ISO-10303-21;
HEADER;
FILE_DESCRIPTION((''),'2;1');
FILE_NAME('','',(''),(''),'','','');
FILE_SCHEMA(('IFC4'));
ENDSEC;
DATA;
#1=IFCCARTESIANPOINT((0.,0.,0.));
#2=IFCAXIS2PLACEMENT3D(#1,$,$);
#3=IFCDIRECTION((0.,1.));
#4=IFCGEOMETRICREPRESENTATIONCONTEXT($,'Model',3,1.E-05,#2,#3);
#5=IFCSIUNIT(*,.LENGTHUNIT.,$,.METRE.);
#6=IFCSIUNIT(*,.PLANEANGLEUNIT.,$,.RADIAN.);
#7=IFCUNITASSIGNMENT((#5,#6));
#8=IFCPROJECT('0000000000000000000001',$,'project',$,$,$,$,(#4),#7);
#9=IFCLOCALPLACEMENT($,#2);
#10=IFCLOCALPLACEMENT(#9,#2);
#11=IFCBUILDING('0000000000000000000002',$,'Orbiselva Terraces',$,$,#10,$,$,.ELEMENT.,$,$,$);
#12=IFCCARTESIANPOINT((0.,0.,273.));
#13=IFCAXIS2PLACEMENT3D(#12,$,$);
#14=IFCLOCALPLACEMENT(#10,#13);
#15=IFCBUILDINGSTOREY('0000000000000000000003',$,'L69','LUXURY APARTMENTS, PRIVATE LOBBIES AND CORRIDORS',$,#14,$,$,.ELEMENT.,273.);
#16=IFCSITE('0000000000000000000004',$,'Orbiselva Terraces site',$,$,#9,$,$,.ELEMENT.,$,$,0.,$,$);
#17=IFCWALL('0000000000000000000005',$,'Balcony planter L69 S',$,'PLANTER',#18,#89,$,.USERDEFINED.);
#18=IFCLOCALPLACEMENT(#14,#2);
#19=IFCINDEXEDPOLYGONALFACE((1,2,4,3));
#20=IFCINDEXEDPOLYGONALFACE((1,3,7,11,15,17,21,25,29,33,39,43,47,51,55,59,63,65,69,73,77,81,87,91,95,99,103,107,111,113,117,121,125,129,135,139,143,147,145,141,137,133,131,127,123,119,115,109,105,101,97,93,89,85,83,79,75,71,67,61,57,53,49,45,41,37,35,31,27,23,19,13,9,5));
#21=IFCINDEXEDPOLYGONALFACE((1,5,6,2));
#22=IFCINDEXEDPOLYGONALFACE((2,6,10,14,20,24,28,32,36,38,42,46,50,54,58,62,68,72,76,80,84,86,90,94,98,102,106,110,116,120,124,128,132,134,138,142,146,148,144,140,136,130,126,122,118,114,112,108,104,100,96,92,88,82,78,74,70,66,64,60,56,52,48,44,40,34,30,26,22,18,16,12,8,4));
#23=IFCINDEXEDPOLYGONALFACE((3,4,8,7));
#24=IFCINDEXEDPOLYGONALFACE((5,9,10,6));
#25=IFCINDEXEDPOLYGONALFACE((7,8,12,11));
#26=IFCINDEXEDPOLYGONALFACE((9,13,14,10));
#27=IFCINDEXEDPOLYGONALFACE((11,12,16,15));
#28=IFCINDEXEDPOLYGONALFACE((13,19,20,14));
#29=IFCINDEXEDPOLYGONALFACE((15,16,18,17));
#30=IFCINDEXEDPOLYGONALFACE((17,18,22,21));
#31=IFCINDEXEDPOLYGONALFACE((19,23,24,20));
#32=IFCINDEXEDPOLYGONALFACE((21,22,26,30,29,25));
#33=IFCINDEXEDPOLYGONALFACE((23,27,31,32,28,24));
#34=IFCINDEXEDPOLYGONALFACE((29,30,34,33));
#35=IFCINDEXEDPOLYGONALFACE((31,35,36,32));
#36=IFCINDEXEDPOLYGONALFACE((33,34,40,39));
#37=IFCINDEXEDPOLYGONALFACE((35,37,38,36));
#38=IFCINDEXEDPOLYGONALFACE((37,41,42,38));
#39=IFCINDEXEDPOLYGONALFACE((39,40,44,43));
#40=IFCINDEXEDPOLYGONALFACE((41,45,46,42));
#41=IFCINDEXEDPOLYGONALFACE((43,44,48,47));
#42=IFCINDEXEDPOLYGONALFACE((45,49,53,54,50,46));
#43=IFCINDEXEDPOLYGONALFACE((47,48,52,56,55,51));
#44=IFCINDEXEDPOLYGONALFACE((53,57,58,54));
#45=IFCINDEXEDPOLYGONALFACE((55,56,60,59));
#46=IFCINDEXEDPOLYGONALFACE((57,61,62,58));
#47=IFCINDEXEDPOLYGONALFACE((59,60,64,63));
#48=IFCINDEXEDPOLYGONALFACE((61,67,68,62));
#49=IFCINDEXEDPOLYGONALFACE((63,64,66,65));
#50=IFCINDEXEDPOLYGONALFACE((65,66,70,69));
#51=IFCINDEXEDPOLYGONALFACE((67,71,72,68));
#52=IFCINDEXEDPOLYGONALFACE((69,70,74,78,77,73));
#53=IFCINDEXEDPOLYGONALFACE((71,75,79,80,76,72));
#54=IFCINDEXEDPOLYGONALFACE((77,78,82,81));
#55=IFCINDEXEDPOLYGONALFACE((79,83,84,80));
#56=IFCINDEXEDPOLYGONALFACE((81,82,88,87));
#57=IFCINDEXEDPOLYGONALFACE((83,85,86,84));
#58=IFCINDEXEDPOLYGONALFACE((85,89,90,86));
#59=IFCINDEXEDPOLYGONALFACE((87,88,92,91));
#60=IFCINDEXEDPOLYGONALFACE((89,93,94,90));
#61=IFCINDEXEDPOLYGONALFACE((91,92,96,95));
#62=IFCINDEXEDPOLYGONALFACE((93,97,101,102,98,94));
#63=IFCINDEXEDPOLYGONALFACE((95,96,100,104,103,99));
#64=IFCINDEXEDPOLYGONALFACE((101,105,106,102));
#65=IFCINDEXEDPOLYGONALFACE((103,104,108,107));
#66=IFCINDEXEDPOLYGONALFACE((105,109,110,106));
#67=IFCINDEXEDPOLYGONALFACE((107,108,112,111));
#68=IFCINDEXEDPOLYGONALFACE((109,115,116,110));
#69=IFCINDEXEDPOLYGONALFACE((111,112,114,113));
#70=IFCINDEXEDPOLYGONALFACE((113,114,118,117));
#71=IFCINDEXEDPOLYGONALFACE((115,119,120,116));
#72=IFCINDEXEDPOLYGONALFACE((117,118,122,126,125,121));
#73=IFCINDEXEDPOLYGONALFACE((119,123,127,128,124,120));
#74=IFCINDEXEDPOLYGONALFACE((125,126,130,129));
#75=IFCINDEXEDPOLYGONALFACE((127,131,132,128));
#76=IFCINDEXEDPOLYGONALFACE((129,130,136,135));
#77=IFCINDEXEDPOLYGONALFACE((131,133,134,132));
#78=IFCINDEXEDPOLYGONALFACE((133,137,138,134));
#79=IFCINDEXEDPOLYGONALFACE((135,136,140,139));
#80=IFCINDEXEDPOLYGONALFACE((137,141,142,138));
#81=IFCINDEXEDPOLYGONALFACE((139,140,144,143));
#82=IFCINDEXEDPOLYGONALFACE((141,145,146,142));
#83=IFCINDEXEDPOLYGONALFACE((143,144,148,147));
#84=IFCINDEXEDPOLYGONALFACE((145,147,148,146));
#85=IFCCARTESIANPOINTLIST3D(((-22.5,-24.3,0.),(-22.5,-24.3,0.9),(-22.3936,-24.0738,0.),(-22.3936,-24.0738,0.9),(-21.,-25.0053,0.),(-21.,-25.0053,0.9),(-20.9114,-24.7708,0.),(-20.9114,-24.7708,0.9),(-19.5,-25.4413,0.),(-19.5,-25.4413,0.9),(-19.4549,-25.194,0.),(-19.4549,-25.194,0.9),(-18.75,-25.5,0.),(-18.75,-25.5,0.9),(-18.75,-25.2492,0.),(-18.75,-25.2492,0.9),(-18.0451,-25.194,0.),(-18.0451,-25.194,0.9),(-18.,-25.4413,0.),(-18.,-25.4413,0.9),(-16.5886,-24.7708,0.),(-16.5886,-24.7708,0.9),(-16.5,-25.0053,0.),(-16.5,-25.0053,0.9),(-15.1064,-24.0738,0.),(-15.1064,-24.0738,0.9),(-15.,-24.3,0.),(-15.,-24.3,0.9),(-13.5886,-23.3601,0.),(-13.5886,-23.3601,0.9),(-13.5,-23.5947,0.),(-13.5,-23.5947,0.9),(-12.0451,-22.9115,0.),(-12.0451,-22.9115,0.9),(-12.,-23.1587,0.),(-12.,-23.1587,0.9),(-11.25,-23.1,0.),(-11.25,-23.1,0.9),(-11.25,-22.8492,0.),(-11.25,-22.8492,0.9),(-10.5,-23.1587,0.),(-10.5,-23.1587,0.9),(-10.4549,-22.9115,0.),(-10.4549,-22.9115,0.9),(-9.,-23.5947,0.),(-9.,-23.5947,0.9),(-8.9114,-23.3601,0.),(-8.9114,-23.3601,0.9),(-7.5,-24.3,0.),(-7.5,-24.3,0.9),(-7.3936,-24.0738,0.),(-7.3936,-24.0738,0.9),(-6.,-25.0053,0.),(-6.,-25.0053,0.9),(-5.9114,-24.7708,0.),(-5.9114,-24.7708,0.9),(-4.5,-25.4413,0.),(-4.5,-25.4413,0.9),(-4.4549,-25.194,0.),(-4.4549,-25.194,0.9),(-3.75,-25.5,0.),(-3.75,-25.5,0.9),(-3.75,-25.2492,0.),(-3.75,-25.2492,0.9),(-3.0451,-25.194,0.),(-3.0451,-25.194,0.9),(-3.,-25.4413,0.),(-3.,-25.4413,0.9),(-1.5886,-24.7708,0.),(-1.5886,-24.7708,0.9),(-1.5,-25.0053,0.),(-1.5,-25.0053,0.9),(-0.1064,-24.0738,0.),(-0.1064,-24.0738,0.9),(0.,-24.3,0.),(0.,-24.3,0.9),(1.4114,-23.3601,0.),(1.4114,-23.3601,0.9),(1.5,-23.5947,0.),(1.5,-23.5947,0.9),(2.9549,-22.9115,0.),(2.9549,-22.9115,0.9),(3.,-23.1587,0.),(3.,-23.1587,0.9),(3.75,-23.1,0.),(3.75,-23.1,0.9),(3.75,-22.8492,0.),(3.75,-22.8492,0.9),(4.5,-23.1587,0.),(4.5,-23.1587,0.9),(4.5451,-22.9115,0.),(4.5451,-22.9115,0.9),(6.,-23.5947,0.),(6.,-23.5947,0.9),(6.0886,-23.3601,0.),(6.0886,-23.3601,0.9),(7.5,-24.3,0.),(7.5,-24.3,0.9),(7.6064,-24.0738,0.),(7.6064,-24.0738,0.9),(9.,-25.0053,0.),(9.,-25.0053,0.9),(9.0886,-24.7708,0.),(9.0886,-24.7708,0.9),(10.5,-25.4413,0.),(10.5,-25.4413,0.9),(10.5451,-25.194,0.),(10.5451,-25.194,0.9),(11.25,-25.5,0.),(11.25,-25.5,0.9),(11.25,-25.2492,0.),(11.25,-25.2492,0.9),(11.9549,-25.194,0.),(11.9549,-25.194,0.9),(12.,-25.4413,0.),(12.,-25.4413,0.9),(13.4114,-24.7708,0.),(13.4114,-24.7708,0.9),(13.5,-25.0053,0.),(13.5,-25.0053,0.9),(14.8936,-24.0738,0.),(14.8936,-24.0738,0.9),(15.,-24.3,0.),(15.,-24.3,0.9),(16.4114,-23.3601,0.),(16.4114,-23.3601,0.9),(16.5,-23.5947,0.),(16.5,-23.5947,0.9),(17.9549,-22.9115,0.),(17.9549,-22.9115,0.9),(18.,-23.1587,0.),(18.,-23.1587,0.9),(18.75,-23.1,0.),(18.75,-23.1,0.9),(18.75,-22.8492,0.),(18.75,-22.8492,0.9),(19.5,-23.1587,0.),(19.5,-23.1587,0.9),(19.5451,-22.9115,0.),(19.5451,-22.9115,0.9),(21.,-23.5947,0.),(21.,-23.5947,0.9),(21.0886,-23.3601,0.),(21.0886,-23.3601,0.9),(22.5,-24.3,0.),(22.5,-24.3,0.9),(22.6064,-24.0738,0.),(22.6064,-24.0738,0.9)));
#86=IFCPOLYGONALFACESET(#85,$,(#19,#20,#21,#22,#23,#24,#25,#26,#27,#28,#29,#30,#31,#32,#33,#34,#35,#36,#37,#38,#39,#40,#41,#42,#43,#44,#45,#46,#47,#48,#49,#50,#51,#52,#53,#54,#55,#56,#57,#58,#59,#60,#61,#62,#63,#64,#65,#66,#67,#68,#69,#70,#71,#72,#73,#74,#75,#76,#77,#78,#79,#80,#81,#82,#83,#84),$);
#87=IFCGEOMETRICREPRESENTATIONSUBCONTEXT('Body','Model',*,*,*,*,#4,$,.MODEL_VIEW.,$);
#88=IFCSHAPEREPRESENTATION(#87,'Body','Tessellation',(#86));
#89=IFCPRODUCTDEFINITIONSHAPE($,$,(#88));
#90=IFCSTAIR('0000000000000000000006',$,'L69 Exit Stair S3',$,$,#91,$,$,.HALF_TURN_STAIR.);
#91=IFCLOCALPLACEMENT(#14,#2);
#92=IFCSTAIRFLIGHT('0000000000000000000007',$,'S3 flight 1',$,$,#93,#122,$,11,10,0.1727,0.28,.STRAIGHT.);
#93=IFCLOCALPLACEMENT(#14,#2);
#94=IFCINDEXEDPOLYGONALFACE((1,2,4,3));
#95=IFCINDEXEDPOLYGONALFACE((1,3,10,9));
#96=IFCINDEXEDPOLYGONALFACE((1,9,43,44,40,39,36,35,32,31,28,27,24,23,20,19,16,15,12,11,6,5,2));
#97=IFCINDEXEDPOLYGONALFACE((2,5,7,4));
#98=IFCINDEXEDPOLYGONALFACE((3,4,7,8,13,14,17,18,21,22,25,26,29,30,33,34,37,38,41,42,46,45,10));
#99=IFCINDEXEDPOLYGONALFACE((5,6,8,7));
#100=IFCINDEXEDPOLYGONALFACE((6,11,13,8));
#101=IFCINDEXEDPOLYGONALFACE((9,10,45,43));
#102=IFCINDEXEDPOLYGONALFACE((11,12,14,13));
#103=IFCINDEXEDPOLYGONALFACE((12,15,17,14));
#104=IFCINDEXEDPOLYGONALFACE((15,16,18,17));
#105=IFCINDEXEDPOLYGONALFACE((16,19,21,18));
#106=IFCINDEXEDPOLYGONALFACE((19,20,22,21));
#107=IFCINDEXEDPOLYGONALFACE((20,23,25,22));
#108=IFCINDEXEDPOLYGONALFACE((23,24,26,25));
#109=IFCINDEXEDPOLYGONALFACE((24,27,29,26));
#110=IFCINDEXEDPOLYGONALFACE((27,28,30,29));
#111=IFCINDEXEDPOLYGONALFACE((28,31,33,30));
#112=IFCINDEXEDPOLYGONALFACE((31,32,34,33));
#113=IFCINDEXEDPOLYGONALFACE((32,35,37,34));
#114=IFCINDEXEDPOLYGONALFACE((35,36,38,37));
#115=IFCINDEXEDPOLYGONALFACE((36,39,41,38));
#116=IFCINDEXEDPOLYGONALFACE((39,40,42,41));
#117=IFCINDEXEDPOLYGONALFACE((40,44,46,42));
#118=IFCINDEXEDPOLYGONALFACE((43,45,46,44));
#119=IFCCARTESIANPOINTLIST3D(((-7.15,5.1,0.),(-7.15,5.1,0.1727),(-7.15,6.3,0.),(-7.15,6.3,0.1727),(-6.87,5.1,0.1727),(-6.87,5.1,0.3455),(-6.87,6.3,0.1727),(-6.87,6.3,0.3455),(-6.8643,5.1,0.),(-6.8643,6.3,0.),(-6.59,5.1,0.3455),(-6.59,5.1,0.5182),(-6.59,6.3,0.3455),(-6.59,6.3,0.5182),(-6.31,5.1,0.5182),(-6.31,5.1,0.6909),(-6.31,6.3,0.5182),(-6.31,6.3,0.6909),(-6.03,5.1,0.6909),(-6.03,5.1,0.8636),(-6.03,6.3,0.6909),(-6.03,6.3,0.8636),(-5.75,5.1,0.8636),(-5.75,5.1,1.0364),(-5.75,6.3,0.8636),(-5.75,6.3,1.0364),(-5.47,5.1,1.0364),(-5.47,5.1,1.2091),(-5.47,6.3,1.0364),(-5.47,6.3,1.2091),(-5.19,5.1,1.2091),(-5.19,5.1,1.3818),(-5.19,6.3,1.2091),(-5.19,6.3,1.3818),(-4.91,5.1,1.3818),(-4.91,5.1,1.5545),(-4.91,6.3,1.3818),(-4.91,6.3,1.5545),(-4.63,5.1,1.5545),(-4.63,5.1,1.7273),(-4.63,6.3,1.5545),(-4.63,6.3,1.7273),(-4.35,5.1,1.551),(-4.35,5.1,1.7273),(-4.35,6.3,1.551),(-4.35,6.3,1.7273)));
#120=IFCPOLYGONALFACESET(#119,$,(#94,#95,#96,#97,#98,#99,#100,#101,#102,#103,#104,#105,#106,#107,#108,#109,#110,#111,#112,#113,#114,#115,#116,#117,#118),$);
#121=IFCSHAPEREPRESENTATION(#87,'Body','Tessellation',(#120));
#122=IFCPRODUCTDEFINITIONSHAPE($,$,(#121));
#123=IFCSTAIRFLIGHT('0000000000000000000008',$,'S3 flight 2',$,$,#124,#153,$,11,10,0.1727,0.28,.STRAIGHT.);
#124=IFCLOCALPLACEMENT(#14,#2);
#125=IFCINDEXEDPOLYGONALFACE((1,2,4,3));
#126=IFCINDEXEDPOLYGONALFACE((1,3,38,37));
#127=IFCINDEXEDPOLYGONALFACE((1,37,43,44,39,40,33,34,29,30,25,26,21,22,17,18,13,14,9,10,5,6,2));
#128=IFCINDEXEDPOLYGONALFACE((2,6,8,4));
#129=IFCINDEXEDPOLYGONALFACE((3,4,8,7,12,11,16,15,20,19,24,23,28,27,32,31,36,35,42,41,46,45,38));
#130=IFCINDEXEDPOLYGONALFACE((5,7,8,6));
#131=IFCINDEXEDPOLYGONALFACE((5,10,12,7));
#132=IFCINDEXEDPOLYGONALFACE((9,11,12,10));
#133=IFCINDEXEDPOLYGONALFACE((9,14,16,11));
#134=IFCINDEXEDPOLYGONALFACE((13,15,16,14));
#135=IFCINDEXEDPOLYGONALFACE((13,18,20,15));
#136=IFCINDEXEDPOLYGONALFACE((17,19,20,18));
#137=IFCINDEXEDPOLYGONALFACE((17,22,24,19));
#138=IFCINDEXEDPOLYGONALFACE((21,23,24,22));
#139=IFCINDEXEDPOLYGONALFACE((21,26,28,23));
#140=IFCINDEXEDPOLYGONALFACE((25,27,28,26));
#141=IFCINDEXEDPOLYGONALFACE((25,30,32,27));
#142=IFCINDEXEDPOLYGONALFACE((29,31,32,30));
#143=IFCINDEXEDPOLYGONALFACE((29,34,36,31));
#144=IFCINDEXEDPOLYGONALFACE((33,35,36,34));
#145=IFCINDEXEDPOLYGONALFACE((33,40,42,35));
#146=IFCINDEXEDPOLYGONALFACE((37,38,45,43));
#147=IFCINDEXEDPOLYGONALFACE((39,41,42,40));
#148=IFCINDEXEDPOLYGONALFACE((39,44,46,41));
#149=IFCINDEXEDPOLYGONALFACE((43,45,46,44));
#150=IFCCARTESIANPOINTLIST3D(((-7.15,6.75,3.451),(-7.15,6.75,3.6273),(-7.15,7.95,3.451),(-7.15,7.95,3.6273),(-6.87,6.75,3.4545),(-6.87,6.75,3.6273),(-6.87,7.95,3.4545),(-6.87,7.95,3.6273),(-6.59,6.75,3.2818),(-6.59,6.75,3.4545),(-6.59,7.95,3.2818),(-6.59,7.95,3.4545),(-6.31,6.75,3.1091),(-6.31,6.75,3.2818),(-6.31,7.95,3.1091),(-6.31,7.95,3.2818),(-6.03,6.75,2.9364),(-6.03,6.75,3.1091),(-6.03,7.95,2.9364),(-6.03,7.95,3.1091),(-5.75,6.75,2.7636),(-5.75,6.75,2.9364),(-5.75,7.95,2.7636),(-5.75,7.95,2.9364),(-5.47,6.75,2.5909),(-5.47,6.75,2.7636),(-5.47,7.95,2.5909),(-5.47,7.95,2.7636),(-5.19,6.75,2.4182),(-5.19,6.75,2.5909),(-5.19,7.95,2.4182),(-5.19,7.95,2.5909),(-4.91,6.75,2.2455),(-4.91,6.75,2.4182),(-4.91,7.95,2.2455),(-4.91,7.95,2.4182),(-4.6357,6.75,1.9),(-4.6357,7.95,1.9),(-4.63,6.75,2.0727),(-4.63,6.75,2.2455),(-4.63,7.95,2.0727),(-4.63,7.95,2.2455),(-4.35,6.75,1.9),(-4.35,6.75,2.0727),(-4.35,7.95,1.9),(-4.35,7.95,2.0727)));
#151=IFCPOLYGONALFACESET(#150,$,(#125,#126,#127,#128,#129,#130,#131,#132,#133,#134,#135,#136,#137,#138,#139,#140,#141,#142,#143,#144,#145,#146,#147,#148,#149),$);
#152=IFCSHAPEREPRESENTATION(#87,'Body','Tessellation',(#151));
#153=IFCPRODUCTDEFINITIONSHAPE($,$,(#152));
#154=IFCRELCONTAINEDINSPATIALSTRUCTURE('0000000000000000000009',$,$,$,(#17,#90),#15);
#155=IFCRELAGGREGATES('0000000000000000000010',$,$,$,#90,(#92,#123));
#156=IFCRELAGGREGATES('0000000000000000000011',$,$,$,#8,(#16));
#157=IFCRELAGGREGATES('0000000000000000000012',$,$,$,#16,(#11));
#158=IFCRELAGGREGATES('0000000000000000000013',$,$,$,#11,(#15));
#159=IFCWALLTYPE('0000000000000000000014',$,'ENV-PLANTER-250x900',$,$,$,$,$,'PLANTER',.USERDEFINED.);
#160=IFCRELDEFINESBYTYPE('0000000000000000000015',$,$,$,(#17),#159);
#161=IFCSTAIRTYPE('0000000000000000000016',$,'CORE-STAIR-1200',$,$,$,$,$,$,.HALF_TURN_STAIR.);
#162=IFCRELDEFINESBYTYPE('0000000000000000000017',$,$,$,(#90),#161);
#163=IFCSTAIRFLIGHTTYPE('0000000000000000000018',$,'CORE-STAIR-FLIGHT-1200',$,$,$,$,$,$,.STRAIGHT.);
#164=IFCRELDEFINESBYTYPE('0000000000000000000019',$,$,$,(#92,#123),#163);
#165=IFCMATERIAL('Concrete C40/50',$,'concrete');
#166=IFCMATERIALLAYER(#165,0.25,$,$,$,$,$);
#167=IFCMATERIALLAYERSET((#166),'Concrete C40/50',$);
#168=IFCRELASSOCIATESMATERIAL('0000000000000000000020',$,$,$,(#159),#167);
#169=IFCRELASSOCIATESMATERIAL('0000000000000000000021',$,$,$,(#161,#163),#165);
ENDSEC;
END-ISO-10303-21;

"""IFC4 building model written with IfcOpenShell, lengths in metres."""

from ifc_helpers import new_model, si_unit, direction, frame, origin, place, context, subcontext, project, spatial, polyline, outline, extrude, material, layer, layer_set, type_object, element, aggregate, save


model = new_model("IFC4")

# Units and contexts
model_context = context("Model", 3, precision=1e-05, world=origin(), true_north=direction((0.0, 1.0)))
body_context = subcontext(model_context, "Body", "Model", "MODEL_VIEW")
ifc_project = project(units=[si_unit("LENGTHUNIT", "METRE"), si_unit("PLANEANGLEUNIT", "RADIAN")], contexts=[model_context])

# Site, building, storey
site_placement = place(None, origin())
site = spatial("IfcSite", under=ifc_project, at=site_placement, Name="Orbiselva Terraces site", CompositionType="ELEMENT", RefElevation=0.0)
building_placement = place(site_placement, origin())
building = spatial("IfcBuilding", under=site, at=building_placement, Name="Orbiselva Terraces", CompositionType="ELEMENT")
storey_placement = place(building_placement, frame((0.0, 0.0, 273.0)))
storey = spatial("IfcBuildingStorey", under=building, at=storey_placement, Name="L69", Description="LUXURY APARTMENTS, PRIVATE LOBBIES AND CORRIDORS", CompositionType="ELEMENT", Elevation=273.0)

# Wall
ifc_material_1 = material(Name="Concrete C40/50", Category="concrete")
ifc_layer_1 = layer(ifc_material_1, 0.25)
ifc_layer_set_1 = layer_set([ifc_layer_1], Name="Concrete C40/50")
wall_type_1 = type_object("IfcWallType", Name="ENV-PLANTER-250x900", ElementType="PLANTER", PredefinedType="USERDEFINED", material=ifc_layer_set_1)
wall_1_placement = place(storey_placement, origin())
element("IfcWall", 1, at=wall_1_placement, inside=storey, type_object=wall_type_1, Name="Balcony planter L69 S", ObjectType="PLANTER", PredefinedType="USERDEFINED", context=body_context, shape_type="SweptSolid", body=[
    extrude(outline(polyline([(-22.5, -24.3), (-21.0, -25.0053), (-19.5, -25.4413), (-18.75, -25.5), (-18.0, -25.4413), (-16.5, -25.0053), (-15.0, -24.3), (-13.5, -23.5947), (-12.0, -23.1587), (-11.25, -23.1), (-10.5, -23.1587), (-9.0, -23.5947), (-7.5, -24.3), (-6.0, -25.0053), (-4.5, -25.4413), (-3.75, -25.5), (-3.0, -25.4413), (-1.5, -25.0053), (0.0, -24.3), (1.5, -23.5947), (3.0, -23.1587), (3.75, -23.1), (4.5, -23.1587), (6.0, -23.5947), (7.5, -24.3), (9.0, -25.0053), (10.5, -25.4413), (11.25, -25.5), (12.0, -25.4413), (13.5, -25.0053), (15.0, -24.3), (16.5, -23.5947), (18.0, -23.1587), (18.75, -23.1), (19.5, -23.1587), (21.0, -23.5947), (22.5, -24.3), (22.6064, -24.0738), (21.0886, -23.3601), (19.5451, -22.9115), (18.75, -22.8492), (17.9549, -22.9115), (16.4114, -23.3601), (14.8936, -24.0738), (13.4114, -24.7708), (11.9549, -25.194), (11.25, -25.2492), (10.5451, -25.194), (9.0886, -24.7708), (7.6064, -24.0738), (6.0886, -23.3601), (4.5451, -22.9115), (3.75, -22.8492), (2.9549, -22.9115), (1.4114, -23.3601), (-0.1064, -24.0738), (-1.5886, -24.7708), (-3.0451, -25.194), (-3.75, -25.2492), (-4.4549, -25.194), (-5.9114, -24.7708), (-7.3936, -24.0738), (-8.9114, -23.3601), (-10.4549, -22.9115), (-11.25, -22.8492), (-12.0451, -22.9115), (-13.5886, -23.3601), (-15.1064, -24.0738), (-16.5886, -24.7708), (-18.0451, -25.194), (-18.75, -25.2492), (-19.4549, -25.194), (-20.9114, -24.7708), (-22.3936, -24.0738), (-22.5, -24.3)])), origin(), (0.0, 0.0, 1.0), 0.9),
])

# Stair, stair flights
stair_type = type_object("IfcStairType", Name="CORE-STAIR-1200", PredefinedType="HALF_TURN_STAIR", material=ifc_material_1)
stair_placement = place(storey_placement, origin())
stair = element("IfcStair", 2, at=stair_placement, inside=storey, type_object=stair_type, Name="L69 Exit Stair S3", PredefinedType="HALF_TURN_STAIR")
stair_flight_type = type_object("IfcStairFlightType", Name="CORE-STAIR-FLIGHT-1200", PredefinedType="STRAIGHT", material=ifc_material_1)
stair_flight_1_placement = place(storey_placement, frame((-7.15, 5.7, 0.0), z_axis=(0.0, 0.0, 1.0), x_axis=(1.0, 0.0, 0.0)))
stair_flight_1 = element("IfcStairFlight", 3, at=stair_flight_1_placement, type_object=stair_flight_type, Name="S3 flight 1", NumberOfRisers=11, NumberOfTreads=10, PredefinedType="STRAIGHT", RiserHeight=0.1727, TreadLength=0.28, context=body_context, shape_type="SweptSolid", body=[
    extrude(outline(polyline([(0.0, 0.0), (0.0, 0.1727), (0.28, 0.1727), (0.28, 0.3455), (0.56, 0.3455), (0.56, 0.5182), (0.84, 0.5182), (0.84, 0.6909), (1.12, 0.6909), (1.12, 0.8636), (1.4, 0.8636), (1.4, 1.0364), (1.68, 1.0364), (1.68, 1.2091), (1.96, 1.2091), (1.96, 1.3818), (2.24, 1.3818), (2.24, 1.5545), (2.52, 1.5545), (2.52, 1.7273), (2.8, 1.7273), (2.8, 1.9), (2.8, 1.551), (0.2857, 0.0), (0.0, 0.0)])), frame((0.0, 0.6, 0.0), z_axis=(0.0, -1.0, 0.0), x_axis=(1.0, 0.0, 0.0)), (0.0, 0.0, 1.0), 1.2),
])
stair_flight_2_placement = place(storey_placement, frame((-4.35, 7.35, 1.9), z_axis=(0.0, 0.0, 1.0), x_axis=(-1.0, 0.0, 0.0)))
stair_flight_2 = element("IfcStairFlight", 4, at=stair_flight_2_placement, type_object=stair_flight_type, Name="S3 flight 2", NumberOfRisers=11, NumberOfTreads=10, PredefinedType="STRAIGHT", RiserHeight=0.1727, TreadLength=0.28, context=body_context, shape_type="SweptSolid", body=[
    extrude(outline(polyline([(0.0, 0.0), (0.0, 0.1727), (0.28, 0.1727), (0.28, 0.3455), (0.56, 0.3455), (0.56, 0.5182), (0.84, 0.5182), (0.84, 0.6909), (1.12, 0.6909), (1.12, 0.8636), (1.4, 0.8636), (1.4, 1.0364), (1.68, 1.0364), (1.68, 1.2091), (1.96, 1.2091), (1.96, 1.3818), (2.24, 1.3818), (2.24, 1.5545), (2.52, 1.5545), (2.52, 1.7273), (2.8, 1.7273), (2.8, 1.9), (2.8, 1.551), (0.2857, 0.0), (0.0, 0.0)])), frame((0.0, 0.6, 0.0), z_axis=(0.0, -1.0, 0.0), x_axis=(1.0, 0.0, 0.0)), (0.0, 0.0, 1.0), 1.2),
])
aggregate(stair, [stair_flight_1, stair_flight_2])

save(model, "model.ifc")
